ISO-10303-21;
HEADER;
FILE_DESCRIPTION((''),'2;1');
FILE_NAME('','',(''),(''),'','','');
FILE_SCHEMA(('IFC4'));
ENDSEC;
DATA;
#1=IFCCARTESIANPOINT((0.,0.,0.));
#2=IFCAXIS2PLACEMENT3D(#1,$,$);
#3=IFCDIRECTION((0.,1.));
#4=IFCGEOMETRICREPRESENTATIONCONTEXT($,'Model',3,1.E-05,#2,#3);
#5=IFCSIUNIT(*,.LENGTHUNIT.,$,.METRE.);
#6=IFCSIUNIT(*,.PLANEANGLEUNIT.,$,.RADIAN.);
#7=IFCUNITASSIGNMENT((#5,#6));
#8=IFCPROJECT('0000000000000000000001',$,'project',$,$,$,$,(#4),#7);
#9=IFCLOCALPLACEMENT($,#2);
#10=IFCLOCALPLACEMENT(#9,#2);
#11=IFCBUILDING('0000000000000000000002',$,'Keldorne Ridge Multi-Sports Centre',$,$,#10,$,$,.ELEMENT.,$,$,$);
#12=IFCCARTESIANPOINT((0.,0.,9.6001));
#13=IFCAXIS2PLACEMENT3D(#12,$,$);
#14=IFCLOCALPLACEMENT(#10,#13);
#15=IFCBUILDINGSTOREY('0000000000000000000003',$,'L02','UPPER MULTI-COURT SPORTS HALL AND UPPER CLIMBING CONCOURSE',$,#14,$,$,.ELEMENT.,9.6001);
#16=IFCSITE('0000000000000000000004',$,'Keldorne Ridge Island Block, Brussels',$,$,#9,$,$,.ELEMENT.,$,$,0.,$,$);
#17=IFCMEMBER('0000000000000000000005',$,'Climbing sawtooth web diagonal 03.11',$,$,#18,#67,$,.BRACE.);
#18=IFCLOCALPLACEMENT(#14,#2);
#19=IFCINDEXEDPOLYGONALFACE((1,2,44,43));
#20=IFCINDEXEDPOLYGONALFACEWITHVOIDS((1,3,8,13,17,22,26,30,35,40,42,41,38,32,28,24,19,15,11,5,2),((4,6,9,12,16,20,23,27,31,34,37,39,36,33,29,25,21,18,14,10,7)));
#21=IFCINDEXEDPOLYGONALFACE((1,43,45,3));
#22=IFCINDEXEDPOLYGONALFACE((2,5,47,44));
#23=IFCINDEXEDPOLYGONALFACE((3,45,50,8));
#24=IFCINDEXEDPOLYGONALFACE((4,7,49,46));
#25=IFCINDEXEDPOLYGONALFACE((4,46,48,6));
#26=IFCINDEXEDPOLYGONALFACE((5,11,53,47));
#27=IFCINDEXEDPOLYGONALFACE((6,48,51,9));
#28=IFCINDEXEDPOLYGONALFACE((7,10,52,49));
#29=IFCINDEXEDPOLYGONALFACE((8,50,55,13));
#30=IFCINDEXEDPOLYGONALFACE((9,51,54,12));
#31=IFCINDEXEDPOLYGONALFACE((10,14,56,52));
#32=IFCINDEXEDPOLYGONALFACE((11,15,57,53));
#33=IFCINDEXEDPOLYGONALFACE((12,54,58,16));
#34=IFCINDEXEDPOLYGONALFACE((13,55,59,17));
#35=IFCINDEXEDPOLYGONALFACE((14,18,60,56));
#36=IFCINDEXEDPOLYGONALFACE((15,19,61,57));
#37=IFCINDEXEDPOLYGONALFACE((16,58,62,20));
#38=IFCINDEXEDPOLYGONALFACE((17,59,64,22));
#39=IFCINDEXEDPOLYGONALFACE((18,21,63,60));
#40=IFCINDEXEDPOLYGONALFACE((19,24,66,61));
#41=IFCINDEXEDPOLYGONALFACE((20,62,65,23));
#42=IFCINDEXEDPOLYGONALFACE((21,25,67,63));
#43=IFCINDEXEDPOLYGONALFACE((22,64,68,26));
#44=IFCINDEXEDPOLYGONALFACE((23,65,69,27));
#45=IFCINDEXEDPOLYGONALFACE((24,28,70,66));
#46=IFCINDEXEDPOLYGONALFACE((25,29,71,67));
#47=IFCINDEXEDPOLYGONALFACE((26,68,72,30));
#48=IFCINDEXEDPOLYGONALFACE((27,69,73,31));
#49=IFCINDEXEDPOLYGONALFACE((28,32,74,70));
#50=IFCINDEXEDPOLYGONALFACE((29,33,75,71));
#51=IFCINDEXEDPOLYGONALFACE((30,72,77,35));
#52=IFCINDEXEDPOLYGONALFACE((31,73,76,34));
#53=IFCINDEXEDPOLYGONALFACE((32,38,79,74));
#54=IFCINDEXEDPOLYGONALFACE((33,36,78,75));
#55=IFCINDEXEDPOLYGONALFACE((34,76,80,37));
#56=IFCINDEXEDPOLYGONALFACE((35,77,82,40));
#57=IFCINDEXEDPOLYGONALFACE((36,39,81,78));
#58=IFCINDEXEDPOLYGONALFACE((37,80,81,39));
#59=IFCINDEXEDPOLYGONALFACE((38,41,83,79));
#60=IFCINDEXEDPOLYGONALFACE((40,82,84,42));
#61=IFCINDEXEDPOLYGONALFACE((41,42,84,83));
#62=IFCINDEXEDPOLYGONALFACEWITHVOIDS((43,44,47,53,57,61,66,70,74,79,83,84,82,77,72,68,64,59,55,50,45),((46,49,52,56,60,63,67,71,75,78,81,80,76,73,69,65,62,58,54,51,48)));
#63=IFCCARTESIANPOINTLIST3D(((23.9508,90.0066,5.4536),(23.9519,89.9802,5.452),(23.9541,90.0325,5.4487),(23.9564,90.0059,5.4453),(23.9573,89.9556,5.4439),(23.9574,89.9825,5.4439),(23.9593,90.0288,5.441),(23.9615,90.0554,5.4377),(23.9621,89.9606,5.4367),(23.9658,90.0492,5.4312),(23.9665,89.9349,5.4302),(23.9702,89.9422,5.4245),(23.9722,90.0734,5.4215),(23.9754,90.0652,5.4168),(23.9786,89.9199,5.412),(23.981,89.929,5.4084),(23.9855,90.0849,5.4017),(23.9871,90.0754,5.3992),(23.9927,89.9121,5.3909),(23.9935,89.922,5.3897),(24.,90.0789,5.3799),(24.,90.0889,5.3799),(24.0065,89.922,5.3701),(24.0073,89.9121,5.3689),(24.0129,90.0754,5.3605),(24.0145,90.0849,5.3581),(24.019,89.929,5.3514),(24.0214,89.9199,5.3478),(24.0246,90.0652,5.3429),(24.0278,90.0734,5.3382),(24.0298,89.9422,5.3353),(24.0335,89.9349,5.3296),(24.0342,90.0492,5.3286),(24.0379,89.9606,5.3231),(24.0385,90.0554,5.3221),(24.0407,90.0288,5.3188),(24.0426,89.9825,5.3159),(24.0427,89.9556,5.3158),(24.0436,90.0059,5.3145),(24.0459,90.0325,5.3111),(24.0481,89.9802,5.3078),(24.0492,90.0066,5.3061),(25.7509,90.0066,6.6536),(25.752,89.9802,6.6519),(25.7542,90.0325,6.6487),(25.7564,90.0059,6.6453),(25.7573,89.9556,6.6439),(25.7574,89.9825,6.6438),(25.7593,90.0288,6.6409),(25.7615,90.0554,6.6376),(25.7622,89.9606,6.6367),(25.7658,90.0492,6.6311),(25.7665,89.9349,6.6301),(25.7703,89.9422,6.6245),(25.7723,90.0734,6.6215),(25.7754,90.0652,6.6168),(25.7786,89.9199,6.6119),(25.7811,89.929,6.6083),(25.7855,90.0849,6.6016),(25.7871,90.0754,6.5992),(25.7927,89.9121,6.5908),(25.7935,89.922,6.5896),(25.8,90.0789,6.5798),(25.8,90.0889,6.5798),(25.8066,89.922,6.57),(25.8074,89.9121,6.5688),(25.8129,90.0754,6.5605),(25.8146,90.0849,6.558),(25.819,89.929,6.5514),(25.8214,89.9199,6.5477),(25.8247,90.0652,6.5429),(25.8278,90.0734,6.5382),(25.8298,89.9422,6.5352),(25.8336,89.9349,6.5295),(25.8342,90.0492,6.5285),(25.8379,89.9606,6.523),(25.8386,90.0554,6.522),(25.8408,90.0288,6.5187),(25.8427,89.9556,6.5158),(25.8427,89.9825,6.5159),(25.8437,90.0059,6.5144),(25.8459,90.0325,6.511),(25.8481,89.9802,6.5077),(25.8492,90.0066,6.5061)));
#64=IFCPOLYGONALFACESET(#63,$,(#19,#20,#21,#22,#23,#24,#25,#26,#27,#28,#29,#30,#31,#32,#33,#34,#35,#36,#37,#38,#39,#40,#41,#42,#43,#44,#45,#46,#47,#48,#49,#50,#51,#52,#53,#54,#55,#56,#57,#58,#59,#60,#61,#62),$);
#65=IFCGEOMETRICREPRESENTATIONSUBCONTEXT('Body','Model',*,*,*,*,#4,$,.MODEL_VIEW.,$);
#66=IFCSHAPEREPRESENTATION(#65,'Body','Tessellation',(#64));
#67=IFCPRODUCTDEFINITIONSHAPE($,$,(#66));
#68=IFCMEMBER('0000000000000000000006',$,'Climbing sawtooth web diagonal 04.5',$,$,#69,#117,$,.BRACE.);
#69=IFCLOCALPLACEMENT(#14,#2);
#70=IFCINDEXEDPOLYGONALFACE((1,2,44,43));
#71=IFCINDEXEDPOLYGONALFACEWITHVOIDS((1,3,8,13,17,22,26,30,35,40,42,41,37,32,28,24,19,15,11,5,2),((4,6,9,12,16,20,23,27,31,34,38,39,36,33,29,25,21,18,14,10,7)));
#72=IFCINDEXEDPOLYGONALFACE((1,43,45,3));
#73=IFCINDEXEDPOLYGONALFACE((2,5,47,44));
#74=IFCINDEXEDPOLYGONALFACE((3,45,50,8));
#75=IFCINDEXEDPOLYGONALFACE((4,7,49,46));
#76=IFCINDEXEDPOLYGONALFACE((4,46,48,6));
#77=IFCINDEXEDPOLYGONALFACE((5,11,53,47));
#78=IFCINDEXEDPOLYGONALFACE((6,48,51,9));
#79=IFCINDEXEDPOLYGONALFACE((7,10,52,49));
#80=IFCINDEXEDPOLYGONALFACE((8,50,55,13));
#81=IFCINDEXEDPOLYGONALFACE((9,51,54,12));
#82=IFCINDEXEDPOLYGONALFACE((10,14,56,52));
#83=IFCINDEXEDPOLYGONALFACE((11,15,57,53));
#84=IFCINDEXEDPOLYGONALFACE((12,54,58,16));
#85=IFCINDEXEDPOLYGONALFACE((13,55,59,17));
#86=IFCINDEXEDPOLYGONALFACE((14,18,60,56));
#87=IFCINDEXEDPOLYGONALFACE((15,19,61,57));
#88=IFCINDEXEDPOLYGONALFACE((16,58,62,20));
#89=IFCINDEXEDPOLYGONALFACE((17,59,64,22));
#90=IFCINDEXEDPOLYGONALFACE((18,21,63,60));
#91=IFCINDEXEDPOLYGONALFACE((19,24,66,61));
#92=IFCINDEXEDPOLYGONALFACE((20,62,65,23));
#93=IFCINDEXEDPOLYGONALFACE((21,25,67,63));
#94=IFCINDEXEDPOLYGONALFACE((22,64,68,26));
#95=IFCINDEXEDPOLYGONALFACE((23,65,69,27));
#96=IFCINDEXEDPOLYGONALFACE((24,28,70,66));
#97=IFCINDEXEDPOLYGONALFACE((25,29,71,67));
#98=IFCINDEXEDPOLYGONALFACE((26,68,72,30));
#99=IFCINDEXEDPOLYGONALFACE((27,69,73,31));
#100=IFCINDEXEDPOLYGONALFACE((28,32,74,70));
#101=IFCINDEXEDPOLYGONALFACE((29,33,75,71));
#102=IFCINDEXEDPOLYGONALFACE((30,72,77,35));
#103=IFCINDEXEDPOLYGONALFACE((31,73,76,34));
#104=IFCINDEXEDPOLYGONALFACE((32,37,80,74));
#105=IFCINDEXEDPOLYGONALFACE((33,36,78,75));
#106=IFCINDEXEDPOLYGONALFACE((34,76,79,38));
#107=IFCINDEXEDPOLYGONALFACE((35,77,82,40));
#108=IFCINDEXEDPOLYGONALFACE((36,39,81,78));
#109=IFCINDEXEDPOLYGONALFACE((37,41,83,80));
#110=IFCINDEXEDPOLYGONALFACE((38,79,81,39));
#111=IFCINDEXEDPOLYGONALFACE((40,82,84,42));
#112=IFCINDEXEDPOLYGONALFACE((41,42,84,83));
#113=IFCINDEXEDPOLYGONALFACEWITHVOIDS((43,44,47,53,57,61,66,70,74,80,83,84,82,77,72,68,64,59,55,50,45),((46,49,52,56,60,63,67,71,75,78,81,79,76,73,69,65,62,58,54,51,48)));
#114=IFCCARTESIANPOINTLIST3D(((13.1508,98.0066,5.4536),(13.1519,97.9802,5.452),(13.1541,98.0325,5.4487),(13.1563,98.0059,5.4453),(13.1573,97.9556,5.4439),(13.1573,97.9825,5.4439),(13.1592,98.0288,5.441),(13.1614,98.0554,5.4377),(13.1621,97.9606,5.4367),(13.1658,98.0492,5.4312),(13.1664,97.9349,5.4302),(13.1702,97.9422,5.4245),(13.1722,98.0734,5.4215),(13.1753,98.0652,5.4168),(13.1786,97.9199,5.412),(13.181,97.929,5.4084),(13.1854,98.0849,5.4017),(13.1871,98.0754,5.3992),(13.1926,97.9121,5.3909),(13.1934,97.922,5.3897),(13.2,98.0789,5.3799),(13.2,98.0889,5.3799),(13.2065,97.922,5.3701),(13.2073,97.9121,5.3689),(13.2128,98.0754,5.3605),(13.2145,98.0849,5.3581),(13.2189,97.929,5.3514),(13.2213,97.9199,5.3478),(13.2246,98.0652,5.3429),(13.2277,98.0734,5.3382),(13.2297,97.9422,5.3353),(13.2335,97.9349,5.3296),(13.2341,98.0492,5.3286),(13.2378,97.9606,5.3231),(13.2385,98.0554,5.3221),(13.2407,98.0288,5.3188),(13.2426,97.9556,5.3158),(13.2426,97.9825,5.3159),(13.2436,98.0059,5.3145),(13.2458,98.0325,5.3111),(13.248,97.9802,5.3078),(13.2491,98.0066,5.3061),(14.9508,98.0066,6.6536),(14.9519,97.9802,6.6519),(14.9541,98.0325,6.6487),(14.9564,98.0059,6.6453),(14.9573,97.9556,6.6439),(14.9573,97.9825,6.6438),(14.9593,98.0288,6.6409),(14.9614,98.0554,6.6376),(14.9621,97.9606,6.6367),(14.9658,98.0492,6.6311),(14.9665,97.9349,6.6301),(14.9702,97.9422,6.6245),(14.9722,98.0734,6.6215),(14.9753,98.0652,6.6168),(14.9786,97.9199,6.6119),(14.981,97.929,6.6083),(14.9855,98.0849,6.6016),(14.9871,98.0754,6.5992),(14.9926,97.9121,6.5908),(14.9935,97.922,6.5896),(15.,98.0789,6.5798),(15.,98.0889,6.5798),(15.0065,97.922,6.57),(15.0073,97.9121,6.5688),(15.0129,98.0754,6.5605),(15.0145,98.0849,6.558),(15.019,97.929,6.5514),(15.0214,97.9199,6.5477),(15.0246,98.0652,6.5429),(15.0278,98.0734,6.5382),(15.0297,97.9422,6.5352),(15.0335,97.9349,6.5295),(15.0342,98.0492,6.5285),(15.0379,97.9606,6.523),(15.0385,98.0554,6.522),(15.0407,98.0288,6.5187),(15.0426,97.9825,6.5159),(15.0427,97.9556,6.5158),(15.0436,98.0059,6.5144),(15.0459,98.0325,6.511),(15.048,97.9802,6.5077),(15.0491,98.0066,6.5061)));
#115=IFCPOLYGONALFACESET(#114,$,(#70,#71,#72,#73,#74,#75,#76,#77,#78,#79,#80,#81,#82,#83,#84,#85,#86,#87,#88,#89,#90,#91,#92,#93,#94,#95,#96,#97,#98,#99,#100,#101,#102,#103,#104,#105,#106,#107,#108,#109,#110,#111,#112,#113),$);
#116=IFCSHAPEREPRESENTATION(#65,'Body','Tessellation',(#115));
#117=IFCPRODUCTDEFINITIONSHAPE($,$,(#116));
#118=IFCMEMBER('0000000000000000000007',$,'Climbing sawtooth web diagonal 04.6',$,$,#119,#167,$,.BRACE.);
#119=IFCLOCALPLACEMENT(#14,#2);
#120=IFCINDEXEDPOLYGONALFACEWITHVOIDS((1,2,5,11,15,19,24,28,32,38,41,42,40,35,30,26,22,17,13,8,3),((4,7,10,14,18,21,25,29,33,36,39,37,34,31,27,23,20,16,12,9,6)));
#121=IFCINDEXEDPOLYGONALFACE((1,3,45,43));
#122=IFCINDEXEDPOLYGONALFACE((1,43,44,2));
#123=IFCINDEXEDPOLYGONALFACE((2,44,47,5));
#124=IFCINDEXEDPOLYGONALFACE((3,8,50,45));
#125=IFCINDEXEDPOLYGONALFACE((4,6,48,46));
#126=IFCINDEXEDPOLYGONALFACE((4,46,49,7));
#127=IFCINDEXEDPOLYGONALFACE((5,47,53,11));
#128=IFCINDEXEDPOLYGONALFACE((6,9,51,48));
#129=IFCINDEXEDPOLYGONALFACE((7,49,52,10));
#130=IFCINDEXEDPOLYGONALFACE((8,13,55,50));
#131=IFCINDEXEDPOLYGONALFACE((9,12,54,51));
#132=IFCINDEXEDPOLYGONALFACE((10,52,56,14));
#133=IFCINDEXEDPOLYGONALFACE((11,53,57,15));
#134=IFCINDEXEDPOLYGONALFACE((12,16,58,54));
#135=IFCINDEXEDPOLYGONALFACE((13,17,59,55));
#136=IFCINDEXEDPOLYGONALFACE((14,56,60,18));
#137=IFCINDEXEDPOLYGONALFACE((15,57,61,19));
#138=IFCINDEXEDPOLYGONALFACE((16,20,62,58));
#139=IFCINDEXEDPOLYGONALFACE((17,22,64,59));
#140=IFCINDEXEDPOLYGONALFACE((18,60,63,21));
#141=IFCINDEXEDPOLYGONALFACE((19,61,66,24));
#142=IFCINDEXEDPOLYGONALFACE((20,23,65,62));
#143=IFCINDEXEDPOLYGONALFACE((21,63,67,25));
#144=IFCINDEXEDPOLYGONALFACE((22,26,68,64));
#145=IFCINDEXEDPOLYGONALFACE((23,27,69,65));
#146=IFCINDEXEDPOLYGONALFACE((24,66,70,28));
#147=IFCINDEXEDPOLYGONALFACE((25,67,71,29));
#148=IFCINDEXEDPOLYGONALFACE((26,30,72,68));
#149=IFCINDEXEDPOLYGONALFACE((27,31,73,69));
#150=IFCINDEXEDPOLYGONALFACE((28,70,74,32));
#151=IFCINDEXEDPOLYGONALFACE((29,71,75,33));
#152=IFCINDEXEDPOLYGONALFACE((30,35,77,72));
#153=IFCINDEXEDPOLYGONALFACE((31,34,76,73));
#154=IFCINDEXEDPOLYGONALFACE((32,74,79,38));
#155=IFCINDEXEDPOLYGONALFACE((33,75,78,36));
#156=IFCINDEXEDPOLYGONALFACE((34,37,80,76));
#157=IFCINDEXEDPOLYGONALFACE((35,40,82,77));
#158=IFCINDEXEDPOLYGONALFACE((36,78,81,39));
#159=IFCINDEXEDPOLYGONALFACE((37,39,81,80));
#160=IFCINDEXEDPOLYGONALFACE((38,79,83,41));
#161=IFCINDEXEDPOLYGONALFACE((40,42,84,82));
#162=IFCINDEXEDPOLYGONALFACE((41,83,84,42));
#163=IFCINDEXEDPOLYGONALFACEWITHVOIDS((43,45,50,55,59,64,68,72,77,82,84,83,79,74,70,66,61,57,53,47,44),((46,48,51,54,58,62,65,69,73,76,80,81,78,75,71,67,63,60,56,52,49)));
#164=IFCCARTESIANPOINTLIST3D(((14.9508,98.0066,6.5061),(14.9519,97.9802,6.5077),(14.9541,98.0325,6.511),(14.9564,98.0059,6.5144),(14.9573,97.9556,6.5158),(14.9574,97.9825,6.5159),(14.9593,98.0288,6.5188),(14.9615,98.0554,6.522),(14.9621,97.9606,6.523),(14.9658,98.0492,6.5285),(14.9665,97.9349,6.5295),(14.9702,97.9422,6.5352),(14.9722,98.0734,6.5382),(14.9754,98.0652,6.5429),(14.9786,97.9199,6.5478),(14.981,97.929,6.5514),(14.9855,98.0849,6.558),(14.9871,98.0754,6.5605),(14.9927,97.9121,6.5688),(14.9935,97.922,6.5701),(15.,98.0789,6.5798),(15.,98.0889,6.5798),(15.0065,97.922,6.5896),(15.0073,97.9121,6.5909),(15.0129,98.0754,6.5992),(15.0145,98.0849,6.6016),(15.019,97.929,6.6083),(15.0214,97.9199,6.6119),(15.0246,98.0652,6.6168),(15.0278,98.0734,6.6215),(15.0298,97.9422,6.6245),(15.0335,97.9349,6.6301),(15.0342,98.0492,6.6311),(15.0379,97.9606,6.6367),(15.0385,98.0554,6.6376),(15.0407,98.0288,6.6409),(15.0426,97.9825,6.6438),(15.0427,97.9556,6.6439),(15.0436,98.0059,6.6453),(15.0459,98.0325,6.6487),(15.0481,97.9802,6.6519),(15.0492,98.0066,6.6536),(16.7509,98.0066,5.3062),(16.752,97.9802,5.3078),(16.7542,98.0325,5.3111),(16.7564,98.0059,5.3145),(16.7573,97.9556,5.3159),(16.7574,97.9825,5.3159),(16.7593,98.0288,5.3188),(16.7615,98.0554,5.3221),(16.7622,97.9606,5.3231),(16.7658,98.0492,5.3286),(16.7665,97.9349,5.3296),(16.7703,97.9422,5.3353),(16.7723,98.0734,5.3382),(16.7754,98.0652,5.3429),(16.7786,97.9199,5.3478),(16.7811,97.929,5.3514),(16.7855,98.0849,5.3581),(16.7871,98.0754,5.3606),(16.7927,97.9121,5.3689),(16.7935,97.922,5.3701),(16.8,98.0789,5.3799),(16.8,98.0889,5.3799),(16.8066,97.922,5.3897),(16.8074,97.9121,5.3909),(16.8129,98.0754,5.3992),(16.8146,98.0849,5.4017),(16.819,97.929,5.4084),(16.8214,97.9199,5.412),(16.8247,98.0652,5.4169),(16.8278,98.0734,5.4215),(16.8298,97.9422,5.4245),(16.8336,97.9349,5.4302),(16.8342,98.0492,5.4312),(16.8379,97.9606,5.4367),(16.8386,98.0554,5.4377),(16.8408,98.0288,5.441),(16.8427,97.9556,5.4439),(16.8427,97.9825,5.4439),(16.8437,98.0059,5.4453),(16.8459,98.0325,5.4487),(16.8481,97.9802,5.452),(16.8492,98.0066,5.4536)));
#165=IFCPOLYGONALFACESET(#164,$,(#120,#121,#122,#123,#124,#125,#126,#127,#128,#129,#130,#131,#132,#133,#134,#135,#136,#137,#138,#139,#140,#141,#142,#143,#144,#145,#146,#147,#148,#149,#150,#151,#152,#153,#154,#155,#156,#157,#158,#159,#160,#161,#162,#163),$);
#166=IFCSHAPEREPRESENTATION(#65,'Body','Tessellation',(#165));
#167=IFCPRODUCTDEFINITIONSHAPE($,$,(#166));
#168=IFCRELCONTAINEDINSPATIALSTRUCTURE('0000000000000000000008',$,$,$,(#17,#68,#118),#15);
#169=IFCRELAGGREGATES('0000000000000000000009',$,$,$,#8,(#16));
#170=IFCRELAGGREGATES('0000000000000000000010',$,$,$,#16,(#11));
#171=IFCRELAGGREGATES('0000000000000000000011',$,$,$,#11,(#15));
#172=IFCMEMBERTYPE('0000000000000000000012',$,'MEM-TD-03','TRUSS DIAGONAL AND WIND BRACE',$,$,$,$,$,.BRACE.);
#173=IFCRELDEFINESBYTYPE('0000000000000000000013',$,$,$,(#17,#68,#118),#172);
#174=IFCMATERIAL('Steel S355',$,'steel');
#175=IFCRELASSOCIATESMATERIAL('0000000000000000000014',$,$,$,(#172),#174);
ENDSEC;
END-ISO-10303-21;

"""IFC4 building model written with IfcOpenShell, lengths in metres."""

from ifc_helpers import new_model, si_unit, direction, frame, origin, origin_2d, place, context, subcontext, project, spatial, hollow_circle, extrude, material, material_profile, profile_set, type_object, element, save


model = new_model("IFC4")

# Units and contexts
model_context = context("Model", 3, precision=1e-05, world=origin(), true_north=direction((0.0, 1.0)))
body_context = subcontext(model_context, "Body", "Model", "MODEL_VIEW")
ifc_project = project(units=[si_unit("LENGTHUNIT", "METRE"), si_unit("PLANEANGLEUNIT", "RADIAN")], contexts=[model_context])

# Site, building, storey
site_placement = place(None, origin())
site = spatial("IfcSite", under=ifc_project, at=site_placement, Name="Keldorne Ridge Island Block, Brussels", CompositionType="ELEMENT", RefElevation=0.0)
building_placement = place(site_placement, origin())
building = spatial("IfcBuilding", under=site, at=building_placement, Name="Keldorne Ridge Multi-Sports Centre", CompositionType="ELEMENT")
storey_placement = place(building_placement, frame((0.0, 0.0, 9.6001)))
storey = spatial("IfcBuildingStorey", under=building, at=storey_placement, Name="L02", Description="UPPER MULTI-COURT SPORTS HALL AND UPPER CLIMBING CONCOURSE", CompositionType="ELEMENT", Elevation=9.6001)

# Members
ifc_material = material(Name="Steel S355", Category="steel")
ifc_material_profile_1 = material_profile(ifc_material, hollow_circle(Radius=0.0889, WallThickness=0.01, at=origin_2d()), Name="CHS 177.8x10")
ifc_profile_set_1 = profile_set([ifc_material_profile_1], Name="Steel S355")
member_type_1 = type_object("IfcMemberType", Name="MEM-TD-03", Description="TRUSS DIAGONAL AND WIND BRACE", PredefinedType="BRACE", material=ifc_profile_set_1)
for number, where, z_axis, x_axis, name in (
    (1, (24.0, 90.0, 5.3799), (0.832068, 0.0, 0.554674), (0.0, 1.0, 0.0), "Climbing sawtooth web diagonal 03.11"),
    (2, (13.2, 98.0, 5.3799), (0.832068, 0.0, 0.554674), (0.0, 1.0, 0.0), "Climbing sawtooth web diagonal 04.5"),
    (3, (15.0, 98.0, 6.5798), (0.832068, 0.0, -0.554674), (0.0, 1.0, 0.0), "Climbing sawtooth web diagonal 04.6"),
):
    element("IfcMember", number, at=place(storey_placement, frame(where, z_axis=z_axis, x_axis=x_axis)), inside=storey, type_object=member_type_1, Name=name, PredefinedType="BRACE", context=body_context, shape_type="SweptSolid", body=[
        extrude(hollow_circle(Radius=0.0889, WallThickness=0.01, at=origin_2d()), origin(), (0.0, 0.0, 1.0), 2.1633),
    ])

save(model, "model.ifc")
